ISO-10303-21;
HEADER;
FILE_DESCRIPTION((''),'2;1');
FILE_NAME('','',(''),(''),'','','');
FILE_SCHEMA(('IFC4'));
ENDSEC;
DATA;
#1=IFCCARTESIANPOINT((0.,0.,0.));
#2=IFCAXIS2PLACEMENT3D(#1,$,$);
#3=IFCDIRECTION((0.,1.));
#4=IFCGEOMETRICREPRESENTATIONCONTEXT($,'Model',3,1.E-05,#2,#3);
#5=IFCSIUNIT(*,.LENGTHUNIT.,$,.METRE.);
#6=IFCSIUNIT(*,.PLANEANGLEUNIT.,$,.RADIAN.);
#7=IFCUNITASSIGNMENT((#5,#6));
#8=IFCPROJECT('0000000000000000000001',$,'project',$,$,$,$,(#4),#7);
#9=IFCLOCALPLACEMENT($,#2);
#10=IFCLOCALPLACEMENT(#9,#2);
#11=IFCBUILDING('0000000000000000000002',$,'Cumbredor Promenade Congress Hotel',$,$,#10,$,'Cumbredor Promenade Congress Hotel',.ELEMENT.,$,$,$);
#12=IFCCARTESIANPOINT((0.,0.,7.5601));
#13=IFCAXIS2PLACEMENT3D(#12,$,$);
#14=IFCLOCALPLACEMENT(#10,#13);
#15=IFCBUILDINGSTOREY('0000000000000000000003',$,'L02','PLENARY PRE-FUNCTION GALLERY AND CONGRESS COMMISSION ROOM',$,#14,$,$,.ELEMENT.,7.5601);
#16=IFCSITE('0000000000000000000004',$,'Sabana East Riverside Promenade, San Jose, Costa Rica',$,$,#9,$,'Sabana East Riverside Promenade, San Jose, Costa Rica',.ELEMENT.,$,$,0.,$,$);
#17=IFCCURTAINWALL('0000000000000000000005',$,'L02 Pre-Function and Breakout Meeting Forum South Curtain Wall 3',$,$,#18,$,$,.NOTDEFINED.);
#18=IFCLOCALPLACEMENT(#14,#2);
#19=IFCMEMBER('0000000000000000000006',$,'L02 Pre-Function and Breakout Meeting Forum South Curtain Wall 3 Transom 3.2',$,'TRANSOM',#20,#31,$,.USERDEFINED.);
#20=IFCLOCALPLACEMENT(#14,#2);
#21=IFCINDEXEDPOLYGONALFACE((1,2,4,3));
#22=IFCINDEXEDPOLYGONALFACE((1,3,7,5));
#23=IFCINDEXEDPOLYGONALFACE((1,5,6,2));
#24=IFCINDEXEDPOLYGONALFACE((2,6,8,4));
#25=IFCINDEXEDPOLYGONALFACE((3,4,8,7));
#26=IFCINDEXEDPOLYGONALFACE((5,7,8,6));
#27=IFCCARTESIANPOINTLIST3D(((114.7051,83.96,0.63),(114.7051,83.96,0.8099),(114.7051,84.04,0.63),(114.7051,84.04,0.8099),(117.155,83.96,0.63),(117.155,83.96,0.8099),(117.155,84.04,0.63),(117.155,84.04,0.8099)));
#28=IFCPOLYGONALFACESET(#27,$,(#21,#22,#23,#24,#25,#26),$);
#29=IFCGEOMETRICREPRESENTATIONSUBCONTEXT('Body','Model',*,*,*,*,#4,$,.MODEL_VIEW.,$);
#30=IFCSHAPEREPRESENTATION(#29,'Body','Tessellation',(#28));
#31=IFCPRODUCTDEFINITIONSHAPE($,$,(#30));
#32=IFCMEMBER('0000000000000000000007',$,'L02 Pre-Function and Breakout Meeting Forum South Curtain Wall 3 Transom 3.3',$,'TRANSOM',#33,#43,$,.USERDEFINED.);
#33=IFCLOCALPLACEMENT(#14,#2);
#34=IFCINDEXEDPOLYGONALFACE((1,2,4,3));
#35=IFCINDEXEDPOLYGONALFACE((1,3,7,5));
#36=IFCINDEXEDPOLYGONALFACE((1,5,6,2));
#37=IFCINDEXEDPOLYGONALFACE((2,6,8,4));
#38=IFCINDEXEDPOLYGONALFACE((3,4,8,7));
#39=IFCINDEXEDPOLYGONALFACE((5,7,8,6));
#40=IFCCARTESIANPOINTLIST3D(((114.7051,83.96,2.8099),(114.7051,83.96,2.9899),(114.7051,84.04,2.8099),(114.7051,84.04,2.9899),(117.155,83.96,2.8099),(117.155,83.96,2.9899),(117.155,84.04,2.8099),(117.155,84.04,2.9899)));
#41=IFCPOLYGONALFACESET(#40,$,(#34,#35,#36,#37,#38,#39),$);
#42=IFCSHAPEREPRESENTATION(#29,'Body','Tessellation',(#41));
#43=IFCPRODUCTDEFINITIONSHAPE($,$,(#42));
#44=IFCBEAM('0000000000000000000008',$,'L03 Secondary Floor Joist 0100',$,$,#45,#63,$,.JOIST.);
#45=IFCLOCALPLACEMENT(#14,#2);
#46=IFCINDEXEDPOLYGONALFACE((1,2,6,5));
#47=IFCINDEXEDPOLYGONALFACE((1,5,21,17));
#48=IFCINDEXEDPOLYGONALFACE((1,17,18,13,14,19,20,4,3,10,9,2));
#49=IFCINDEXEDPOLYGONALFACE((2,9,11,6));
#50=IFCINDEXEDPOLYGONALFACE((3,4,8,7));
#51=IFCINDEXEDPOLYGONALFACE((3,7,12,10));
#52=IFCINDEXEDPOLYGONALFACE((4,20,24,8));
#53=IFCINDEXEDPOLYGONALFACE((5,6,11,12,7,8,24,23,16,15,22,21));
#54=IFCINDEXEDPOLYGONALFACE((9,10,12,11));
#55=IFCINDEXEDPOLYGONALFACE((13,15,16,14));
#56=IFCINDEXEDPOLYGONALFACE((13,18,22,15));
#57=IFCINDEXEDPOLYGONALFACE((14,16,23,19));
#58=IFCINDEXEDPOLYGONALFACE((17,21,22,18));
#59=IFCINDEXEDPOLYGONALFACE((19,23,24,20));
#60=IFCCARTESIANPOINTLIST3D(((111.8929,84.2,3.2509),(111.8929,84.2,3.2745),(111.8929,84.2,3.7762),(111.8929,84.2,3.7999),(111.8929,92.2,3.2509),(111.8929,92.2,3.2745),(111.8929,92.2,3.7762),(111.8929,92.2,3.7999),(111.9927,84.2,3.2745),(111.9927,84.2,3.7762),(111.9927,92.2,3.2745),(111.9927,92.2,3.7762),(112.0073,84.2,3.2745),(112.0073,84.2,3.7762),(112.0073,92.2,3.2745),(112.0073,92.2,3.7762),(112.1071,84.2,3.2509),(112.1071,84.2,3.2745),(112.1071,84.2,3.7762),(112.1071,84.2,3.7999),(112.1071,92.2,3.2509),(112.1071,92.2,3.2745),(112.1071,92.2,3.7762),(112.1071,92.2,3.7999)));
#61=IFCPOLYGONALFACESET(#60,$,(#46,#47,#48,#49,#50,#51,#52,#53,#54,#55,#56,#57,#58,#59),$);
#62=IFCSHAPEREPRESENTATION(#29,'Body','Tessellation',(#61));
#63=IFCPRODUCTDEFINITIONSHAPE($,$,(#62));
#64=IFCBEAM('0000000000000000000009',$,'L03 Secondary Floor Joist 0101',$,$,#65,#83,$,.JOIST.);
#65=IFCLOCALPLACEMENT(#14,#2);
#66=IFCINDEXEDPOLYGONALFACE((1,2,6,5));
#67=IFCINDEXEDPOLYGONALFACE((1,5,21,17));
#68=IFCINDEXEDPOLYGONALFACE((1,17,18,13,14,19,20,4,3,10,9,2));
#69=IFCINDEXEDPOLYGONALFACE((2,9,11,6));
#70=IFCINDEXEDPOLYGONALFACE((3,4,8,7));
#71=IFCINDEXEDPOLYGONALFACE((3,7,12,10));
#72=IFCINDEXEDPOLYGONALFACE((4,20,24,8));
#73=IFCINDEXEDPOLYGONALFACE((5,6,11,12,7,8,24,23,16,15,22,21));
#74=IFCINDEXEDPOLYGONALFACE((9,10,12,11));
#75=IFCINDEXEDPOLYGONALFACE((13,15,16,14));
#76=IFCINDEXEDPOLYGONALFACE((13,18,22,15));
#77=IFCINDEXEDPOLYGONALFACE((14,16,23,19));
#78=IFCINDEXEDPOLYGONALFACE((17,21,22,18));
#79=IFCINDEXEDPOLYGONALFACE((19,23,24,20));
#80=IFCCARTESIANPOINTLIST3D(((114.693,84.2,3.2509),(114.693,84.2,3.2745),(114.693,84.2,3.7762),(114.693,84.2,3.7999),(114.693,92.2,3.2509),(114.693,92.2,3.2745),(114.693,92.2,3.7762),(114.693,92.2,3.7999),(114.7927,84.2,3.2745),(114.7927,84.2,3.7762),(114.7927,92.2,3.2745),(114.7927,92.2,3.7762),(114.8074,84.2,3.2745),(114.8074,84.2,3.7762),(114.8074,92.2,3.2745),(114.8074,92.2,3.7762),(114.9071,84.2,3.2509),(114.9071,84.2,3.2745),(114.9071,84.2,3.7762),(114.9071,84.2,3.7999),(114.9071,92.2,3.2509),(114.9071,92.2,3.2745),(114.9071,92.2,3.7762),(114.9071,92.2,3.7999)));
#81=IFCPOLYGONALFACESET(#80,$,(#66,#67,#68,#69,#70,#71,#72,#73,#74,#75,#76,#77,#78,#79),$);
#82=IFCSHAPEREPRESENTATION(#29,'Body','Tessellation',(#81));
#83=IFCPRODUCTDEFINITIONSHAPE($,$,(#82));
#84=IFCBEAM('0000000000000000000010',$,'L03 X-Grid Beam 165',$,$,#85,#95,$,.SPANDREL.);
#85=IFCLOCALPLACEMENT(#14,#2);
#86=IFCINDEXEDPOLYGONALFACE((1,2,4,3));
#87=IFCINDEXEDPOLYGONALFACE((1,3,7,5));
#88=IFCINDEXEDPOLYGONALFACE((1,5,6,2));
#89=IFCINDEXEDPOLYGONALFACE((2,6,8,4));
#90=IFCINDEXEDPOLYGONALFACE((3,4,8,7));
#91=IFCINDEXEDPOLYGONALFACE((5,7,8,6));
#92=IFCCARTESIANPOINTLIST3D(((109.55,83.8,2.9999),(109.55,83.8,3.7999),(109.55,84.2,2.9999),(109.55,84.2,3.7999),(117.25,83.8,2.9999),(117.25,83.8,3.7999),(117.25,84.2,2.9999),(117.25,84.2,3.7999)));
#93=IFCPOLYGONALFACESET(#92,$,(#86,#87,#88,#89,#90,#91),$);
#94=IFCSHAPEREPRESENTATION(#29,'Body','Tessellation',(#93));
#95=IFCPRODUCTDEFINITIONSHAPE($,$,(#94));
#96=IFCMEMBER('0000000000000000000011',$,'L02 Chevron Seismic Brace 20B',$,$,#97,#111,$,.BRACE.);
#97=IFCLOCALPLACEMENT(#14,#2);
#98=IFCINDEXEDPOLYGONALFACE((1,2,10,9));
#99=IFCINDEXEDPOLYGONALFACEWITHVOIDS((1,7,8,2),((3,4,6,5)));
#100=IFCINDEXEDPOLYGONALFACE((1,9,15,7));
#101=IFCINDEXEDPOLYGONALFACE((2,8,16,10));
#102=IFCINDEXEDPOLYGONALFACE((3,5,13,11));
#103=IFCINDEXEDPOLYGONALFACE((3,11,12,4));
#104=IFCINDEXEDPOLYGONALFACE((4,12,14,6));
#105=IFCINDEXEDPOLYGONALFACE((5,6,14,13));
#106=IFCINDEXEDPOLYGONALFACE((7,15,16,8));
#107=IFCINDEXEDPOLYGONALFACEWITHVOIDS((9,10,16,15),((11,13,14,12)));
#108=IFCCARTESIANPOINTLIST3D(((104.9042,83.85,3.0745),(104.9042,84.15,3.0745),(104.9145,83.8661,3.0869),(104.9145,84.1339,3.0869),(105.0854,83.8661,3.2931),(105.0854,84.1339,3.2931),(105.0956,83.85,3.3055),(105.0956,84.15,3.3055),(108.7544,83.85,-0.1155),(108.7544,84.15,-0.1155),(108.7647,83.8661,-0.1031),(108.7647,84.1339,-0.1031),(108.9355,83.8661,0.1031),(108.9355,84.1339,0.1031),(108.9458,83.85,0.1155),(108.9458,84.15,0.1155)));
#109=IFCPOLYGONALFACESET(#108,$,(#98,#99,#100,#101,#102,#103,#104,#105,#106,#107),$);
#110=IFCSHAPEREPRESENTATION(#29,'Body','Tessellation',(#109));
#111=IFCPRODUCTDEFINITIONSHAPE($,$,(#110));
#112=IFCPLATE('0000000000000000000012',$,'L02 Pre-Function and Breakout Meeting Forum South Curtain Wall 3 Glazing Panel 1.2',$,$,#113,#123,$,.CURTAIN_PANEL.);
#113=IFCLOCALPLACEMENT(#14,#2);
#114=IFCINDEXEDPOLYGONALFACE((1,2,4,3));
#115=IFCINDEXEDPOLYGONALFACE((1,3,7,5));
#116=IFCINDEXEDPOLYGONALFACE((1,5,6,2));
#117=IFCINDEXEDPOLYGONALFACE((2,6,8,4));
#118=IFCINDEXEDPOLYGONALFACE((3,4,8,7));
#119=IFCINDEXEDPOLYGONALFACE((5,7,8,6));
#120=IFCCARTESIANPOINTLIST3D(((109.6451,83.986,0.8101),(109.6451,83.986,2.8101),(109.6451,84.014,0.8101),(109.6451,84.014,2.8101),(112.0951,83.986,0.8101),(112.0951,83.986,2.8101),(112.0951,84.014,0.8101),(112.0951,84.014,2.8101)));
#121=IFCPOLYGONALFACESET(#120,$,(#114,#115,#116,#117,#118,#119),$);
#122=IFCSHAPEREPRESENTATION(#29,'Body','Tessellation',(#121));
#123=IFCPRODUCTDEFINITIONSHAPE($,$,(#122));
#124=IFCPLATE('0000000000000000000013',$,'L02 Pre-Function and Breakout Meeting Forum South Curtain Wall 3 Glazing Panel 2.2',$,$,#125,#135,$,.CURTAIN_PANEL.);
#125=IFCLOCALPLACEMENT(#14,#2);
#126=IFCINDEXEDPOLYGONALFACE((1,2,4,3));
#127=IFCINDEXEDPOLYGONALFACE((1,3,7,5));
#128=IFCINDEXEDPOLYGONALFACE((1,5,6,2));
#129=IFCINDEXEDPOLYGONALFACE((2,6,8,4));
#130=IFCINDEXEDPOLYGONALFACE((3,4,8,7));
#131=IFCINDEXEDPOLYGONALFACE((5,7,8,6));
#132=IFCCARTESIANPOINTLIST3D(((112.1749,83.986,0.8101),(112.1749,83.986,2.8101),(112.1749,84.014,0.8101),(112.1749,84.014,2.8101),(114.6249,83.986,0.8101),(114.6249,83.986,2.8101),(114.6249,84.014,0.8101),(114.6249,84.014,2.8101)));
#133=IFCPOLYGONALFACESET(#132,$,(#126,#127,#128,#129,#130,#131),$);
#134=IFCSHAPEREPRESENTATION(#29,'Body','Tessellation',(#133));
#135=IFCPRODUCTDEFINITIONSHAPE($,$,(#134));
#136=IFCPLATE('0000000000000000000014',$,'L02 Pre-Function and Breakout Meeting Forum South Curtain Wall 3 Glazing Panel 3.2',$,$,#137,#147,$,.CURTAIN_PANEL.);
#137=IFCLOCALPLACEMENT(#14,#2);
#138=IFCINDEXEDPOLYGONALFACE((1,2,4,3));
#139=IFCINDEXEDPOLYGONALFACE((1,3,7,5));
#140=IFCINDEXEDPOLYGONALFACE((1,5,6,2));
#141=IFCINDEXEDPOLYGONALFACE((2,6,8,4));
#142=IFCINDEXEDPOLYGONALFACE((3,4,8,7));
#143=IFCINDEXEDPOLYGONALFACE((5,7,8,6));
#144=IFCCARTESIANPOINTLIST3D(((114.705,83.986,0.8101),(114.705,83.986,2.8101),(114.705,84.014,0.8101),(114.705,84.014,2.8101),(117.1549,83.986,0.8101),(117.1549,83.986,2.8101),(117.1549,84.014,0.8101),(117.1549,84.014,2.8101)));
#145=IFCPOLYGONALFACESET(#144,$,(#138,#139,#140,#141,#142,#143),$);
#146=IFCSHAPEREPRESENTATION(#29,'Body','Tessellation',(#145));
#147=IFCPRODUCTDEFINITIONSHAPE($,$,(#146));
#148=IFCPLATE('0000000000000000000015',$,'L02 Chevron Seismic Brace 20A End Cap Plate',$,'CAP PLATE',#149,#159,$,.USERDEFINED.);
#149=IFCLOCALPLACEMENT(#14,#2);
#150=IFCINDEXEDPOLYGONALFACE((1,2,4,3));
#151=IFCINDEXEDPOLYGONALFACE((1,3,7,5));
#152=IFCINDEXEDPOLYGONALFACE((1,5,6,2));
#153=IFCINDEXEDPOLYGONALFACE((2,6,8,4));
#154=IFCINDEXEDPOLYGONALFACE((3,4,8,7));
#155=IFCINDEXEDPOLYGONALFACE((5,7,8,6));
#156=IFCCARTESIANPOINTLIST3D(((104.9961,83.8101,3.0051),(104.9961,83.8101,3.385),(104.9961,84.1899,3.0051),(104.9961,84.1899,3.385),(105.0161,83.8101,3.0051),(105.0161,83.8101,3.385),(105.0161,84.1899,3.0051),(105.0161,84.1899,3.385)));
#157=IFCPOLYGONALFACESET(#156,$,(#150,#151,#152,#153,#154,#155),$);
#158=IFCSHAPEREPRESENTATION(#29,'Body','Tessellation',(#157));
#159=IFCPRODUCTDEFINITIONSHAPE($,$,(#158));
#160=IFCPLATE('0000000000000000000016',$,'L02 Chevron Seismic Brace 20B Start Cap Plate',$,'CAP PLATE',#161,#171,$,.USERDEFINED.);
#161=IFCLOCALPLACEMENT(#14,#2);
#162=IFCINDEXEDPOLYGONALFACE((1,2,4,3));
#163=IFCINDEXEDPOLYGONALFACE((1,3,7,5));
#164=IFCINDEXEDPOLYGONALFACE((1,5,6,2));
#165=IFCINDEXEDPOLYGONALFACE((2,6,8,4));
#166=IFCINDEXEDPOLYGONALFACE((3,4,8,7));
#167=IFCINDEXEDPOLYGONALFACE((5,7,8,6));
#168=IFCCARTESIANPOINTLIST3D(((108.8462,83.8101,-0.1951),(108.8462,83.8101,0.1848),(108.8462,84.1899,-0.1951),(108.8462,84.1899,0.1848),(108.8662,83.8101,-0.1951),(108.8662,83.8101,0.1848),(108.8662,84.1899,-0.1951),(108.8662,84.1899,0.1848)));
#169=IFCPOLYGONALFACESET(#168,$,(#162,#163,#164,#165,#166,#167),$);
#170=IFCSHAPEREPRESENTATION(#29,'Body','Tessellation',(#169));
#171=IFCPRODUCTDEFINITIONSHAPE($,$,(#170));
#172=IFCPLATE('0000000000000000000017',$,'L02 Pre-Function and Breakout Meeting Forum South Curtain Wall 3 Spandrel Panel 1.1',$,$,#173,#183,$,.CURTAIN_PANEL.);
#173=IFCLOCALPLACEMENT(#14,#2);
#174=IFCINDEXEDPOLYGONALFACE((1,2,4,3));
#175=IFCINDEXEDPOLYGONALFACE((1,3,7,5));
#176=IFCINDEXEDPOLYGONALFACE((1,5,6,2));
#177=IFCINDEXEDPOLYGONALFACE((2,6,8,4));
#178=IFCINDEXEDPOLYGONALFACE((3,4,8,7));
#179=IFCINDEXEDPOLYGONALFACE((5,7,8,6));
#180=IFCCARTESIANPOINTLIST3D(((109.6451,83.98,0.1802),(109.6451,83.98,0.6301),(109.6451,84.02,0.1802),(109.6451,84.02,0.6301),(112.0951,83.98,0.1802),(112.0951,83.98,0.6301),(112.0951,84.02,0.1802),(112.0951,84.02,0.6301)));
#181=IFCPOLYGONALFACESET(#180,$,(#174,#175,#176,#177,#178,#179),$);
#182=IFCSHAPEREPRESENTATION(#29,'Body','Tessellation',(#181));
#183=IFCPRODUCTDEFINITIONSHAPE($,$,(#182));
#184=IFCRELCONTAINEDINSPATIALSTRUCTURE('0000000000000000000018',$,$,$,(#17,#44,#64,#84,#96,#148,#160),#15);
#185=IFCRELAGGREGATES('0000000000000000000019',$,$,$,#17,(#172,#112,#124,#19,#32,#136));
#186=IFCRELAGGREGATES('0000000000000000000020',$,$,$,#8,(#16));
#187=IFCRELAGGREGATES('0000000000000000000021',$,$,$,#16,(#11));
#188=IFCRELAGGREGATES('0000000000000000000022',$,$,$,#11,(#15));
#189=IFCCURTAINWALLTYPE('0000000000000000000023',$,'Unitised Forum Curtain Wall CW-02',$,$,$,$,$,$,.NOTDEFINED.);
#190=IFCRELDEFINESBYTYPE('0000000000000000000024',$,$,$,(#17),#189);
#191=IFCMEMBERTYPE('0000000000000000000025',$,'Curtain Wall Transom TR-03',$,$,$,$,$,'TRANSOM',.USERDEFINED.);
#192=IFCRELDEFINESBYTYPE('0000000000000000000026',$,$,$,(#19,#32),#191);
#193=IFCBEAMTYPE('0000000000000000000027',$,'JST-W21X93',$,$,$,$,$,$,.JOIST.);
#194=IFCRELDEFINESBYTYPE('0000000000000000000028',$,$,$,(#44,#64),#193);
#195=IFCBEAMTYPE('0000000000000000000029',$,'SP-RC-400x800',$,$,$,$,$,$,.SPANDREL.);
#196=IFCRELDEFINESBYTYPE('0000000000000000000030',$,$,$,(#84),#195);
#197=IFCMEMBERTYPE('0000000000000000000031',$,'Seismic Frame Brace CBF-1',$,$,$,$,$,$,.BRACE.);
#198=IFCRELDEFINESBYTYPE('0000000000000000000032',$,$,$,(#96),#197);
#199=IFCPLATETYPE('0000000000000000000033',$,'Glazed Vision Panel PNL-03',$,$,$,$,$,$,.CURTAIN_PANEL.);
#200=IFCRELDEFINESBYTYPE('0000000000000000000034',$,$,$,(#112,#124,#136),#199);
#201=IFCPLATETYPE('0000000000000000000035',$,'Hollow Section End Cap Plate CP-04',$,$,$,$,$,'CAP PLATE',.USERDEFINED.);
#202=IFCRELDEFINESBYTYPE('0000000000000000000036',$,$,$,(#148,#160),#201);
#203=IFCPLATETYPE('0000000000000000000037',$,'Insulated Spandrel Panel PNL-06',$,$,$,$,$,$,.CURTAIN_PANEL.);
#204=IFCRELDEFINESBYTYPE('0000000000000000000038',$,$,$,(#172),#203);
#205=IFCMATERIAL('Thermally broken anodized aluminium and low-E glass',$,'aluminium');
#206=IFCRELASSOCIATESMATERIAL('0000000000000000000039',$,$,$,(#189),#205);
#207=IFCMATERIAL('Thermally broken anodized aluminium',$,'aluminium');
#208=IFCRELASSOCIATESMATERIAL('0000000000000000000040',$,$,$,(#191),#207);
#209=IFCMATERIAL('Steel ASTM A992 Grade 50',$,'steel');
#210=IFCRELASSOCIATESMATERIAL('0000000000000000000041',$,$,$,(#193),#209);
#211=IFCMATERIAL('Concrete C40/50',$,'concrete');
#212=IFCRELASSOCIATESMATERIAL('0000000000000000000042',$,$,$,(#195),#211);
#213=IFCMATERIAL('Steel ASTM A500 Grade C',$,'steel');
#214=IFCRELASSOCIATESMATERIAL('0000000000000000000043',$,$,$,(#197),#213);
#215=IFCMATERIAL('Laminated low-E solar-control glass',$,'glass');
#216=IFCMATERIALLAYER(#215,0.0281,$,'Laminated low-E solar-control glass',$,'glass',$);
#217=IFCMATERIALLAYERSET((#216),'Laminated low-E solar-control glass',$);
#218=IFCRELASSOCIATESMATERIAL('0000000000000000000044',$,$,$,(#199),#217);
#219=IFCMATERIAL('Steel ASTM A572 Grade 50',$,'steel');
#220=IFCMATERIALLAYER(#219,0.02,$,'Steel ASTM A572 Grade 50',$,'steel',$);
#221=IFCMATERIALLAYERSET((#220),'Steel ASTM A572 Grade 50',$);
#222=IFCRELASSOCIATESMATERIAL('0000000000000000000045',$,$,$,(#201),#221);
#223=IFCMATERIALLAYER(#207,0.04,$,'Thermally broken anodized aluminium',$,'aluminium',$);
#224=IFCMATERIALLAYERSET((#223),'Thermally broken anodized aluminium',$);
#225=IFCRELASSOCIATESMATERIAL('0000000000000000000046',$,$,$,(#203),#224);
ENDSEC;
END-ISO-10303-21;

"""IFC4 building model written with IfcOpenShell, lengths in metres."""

from ifc_helpers import new_model, si_unit, direction, frame, origin, origin_2d, place, context, subcontext, project, spatial, rectangle, hollow_rectangle, i_section, extrude, material, layer, layer_set, material_profile, profile_set, type_object, element, aggregate, save


model = new_model("IFC4")

# Units and contexts
model_context = context("Model", 3, precision=1e-05, world=origin(), true_north=direction((0.0, 1.0)))
body_context = subcontext(model_context, "Body", "Model", "MODEL_VIEW")
ifc_project = project(units=[si_unit("LENGTHUNIT", "METRE"), si_unit("PLANEANGLEUNIT", "RADIAN")], contexts=[model_context])

# Site, building, storey
site_placement = place(None, origin())
site = spatial("IfcSite", under=ifc_project, at=site_placement, Name="Sabana East Riverside Promenade, San Jose, Costa Rica", LongName="Sabana East Riverside Promenade, San Jose, Costa Rica", CompositionType="ELEMENT", RefElevation=0.0)
building_placement = place(site_placement, origin())
building = spatial("IfcBuilding", under=site, at=building_placement, Name="Cumbredor Promenade Congress Hotel", LongName="Cumbredor Promenade Congress Hotel", CompositionType="ELEMENT")
storey_placement = place(building_placement, frame((0.0, 0.0, 7.5601)))
storey = spatial("IfcBuildingStorey", under=building, at=storey_placement, Name="L02", Description="PLENARY PRE-FUNCTION GALLERY AND CONGRESS COMMISSION ROOM", CompositionType="ELEMENT", Elevation=7.5601)

# Shared definitions
ifc_material_1 = material(Name="Concrete C40/50", Category="concrete")

# Curtain wall, members
ifc_material_2 = material(Name="Thermally broken anodized aluminium and low-E glass", Category="aluminium")
curtain_wall_type = type_object("IfcCurtainWallType", Name="Unitised Forum Curtain Wall CW-02", PredefinedType="NOTDEFINED", material=ifc_material_2)
curtain_wall_placement = place(storey_placement, origin())
curtain_wall = element("IfcCurtainWall", 1, at=curtain_wall_placement, inside=storey, type_object=curtain_wall_type, Name="L02 Pre-Function and Breakout Meeting Forum South Curtain Wall 3", PredefinedType="NOTDEFINED")
ifc_material_3 = material(Name="Thermally broken anodized aluminium", Category="aluminium")
ifc_material_profile_1 = material_profile(ifc_material_3, rectangle(XDim=0.0801, YDim=0.1799, at=origin_2d()), Name="ALU TRANSOM 80x180")
ifc_profile_set_1 = profile_set([ifc_material_profile_1], Name="Thermally broken anodized aluminium")
member_type_1 = type_object("IfcMemberType", Name="Curtain Wall Transom TR-03", ElementType="TRANSOM", PredefinedType="USERDEFINED", material=ifc_profile_set_1)
member_1_placement = place(storey_placement, frame((114.7051, 84.0, 0.72), z_axis=(1.0, 0.0, 0.0), x_axis=(0.0, 1.0, 0.0)))
member_1 = element("IfcMember", 2, at=member_1_placement, type_object=member_type_1, Name="L02 Pre-Function and Breakout Meeting Forum South Curtain Wall 3 Transom 3.2", ObjectType="TRANSOM", PredefinedType="USERDEFINED", context=body_context, shape_type="SweptSolid", body=[
    extrude(rectangle(XDim=0.0801, YDim=0.1799, at=origin_2d()), origin(), (0.0, 0.0, 1.0), 2.45),
])
member_2_placement = place(storey_placement, frame((114.7051, 84.0, 2.8999), z_axis=(1.0, 0.0, 0.0), x_axis=(0.0, 1.0, 0.0)))
member_2 = element("IfcMember", 3, at=member_2_placement, type_object=member_type_1, Name="L02 Pre-Function and Breakout Meeting Forum South Curtain Wall 3 Transom 3.3", ObjectType="TRANSOM", PredefinedType="USERDEFINED", context=body_context, shape_type="SweptSolid", body=[
    extrude(rectangle(XDim=0.0801, YDim=0.1799, at=origin_2d()), origin(), (0.0, 0.0, 1.0), 2.45),
])

# Beams
ifc_material_4 = material(Name="Steel ASTM A992 Grade 50", Category="steel")
ifc_material_profile_2 = material_profile(ifc_material_4, i_section(OverallWidth=0.2141, OverallDepth=0.5491, WebThickness=0.0146, FlangeThickness=0.0237, at=origin_2d()), Name="W21X93")
ifc_profile_set_2 = profile_set([ifc_material_profile_2], Name="Steel ASTM A992 Grade 50")
beam_type_1 = type_object("IfcBeamType", Name="JST-W21X93", PredefinedType="JOIST", material=ifc_profile_set_2)
for number, where, z_axis, x_axis, name in (
    (4, (112.0, 84.2, 3.5254), (0.0, 1.0, 0.0), (-1.0, 0.0, 0.0), "L03 Secondary Floor Joist 0100"),
    (5, (114.8, 84.2, 3.5254), (0.0, 1.0, 0.0), (-1.0, 0.0, 0.0), "L03 Secondary Floor Joist 0101"),
):
    element("IfcBeam", number, at=place(storey_placement, frame(where, z_axis=z_axis, x_axis=x_axis)), inside=storey, type_object=beam_type_1, Name=name, PredefinedType="JOIST", context=body_context, shape_type="SweptSolid", body=[
        extrude(i_section(OverallWidth=0.2141, OverallDepth=0.5491, WebThickness=0.0146, FlangeThickness=0.0237, at=origin_2d()), origin(), (0.0, 0.0, 1.0), 8.0),
    ])
ifc_material_profile_3 = material_profile(ifc_material_1, rectangle(XDim=0.3999, YDim=0.8, at=origin_2d()), Name="RC SPANDREL 400x800")
ifc_profile_set_3 = profile_set([ifc_material_profile_3], Name="Concrete C40/50")
beam_type_2 = type_object("IfcBeamType", Name="SP-RC-400x800", PredefinedType="SPANDREL", material=ifc_profile_set_3)
beam_1_placement = place(storey_placement, frame((109.55, 84.0, 3.3999), z_axis=(1.0, 0.0, 0.0), x_axis=(0.0, 1.0, 0.0)))
element("IfcBeam", 6, at=beam_1_placement, inside=storey, type_object=beam_type_2, Name="L03 X-Grid Beam 165", PredefinedType="SPANDREL", context=body_context, shape_type="SweptSolid", body=[
    extrude(rectangle(XDim=0.3999, YDim=0.8, at=origin_2d()), origin(), (0.0, 0.0, 1.0), 7.7),
])

# Member
ifc_material_5 = material(Name="Steel ASTM A500 Grade C", Category="steel")
ifc_material_profile_4 = material_profile(ifc_material_5, hollow_rectangle(XDim=0.3, YDim=0.3, WallThickness=0.0161, at=origin_2d()), Name="HSS 300x300x16")
ifc_profile_set_4 = profile_set([ifc_material_profile_4], Name="Steel ASTM A500 Grade C")
member_type_2 = type_object("IfcMemberType", Name="Seismic Frame Brace CBF-1", PredefinedType="BRACE", material=ifc_profile_set_4)
member_3_placement = place(storey_placement, frame((108.8501, 84.0, 0.0), z_axis=(-0.770035, 0.0, 0.638001), x_axis=(0.0, -1.0, 0.0)))
element("IfcMember", 7, at=member_3_placement, inside=storey, type_object=member_type_2, Name="L02 Chevron Seismic Brace 20B", PredefinedType="BRACE", context=body_context, shape_type="SweptSolid", body=[
    extrude(hollow_rectangle(XDim=0.3, YDim=0.3, WallThickness=0.0161, at=origin_2d()), origin(), (0.0, 0.0, 1.0), 5.0),
])

# Plates
ifc_material_6 = material(Name="Laminated low-E solar-control glass", Category="glass")
ifc_layer_1 = layer(ifc_material_6, 0.0281, Name="Laminated low-E solar-control glass", Category="glass")
ifc_layer_set_1 = layer_set([ifc_layer_1], Name="Laminated low-E solar-control glass")
plate_type_1 = type_object("IfcPlateType", Name="Glazed Vision Panel PNL-03", PredefinedType="CURTAIN_PANEL", material=ifc_layer_set_1)
plate_1_placement = place(storey_placement, frame((110.8701, 84.0, 0.8101), z_axis=(0.0, 0.0, 1.0), x_axis=(1.0, 0.0, 0.0)))
plate_1 = element("IfcPlate", 8, at=plate_1_placement, type_object=plate_type_1, Name="L02 Pre-Function and Breakout Meeting Forum South Curtain Wall 3 Glazing Panel 1.2", PredefinedType="CURTAIN_PANEL", context=body_context, shape_type="SweptSolid", body=[
    extrude(rectangle(XDim=2.45, YDim=0.0281, at=origin_2d()), origin(), (0.0, 0.0, 1.0), 2.0),
])
plate_2_placement = place(storey_placement, frame((113.3999, 84.0, 0.8101), z_axis=(0.0, 0.0, 1.0), x_axis=(1.0, 0.0, 0.0)))
plate_2 = element("IfcPlate", 9, at=plate_2_placement, type_object=plate_type_1, Name="L02 Pre-Function and Breakout Meeting Forum South Curtain Wall 3 Glazing Panel 2.2", PredefinedType="CURTAIN_PANEL", context=body_context, shape_type="SweptSolid", body=[
    extrude(rectangle(XDim=2.45, YDim=0.0281, at=origin_2d()), origin(), (0.0, 0.0, 1.0), 2.0),
])
plate_3_placement = place(storey_placement, frame((115.9299, 84.0, 0.8101), z_axis=(0.0, 0.0, 1.0), x_axis=(1.0, 0.0, 0.0)))
plate_3 = element("IfcPlate", 10, at=plate_3_placement, type_object=plate_type_1, Name="L02 Pre-Function and Breakout Meeting Forum South Curtain Wall 3 Glazing Panel 3.2", PredefinedType="CURTAIN_PANEL", context=body_context, shape_type="SweptSolid", body=[
    extrude(rectangle(XDim=2.45, YDim=0.0281, at=origin_2d()), origin(), (0.0, 0.0, 1.0), 2.0),
])

# Plates
ifc_material_7 = material(Name="Steel ASTM A572 Grade 50", Category="steel")
ifc_layer_2 = layer(ifc_material_7, 0.02, Name="Steel ASTM A572 Grade 50", Category="steel")
ifc_layer_set_2 = layer_set([ifc_layer_2], Name="Steel ASTM A572 Grade 50")
plate_type_2 = type_object("IfcPlateType", Name="Hollow Section End Cap Plate CP-04", ElementType="CAP PLATE", PredefinedType="USERDEFINED", material=ifc_layer_set_2)
for number, where, z_axis, x_axis, name in (
    (11, (105.0061, 84.0, 3.0051), (0.0, 0.0, 1.0), (1.0, 0.0, 0.0), "L02 Chevron Seismic Brace 20A End Cap Plate"),
    (12, (108.8562, 84.0, -0.1951), (0.0, 0.0, 1.0), (-1.0, 0.0, 0.0), "L02 Chevron Seismic Brace 20B Start Cap Plate"),
):
    element("IfcPlate", number, at=place(storey_placement, frame(where, z_axis=z_axis, x_axis=x_axis)), inside=storey, type_object=plate_type_2, Name=name, ObjectType="CAP PLATE", PredefinedType="USERDEFINED", context=body_context, shape_type="SweptSolid", body=[
        extrude(rectangle(XDim=0.02, YDim=0.3799, at=origin_2d()), origin(), (0.0, 0.0, 1.0), 0.3799),
    ])

# Plate
ifc_layer_3 = layer(ifc_material_3, 0.04, Name="Thermally broken anodized aluminium", Category="aluminium")
ifc_layer_set_3 = layer_set([ifc_layer_3], Name="Thermally broken anodized aluminium")
plate_type_3 = type_object("IfcPlateType", Name="Insulated Spandrel Panel PNL-06", PredefinedType="CURTAIN_PANEL", material=ifc_layer_set_3)
plate_4_placement = place(storey_placement, frame((110.8701, 84.0, 0.1802), z_axis=(0.0, 0.0, 1.0), x_axis=(1.0, 0.0, 0.0)))
plate_4 = element("IfcPlate", 13, at=plate_4_placement, type_object=plate_type_3, Name="L02 Pre-Function and Breakout Meeting Forum South Curtain Wall 3 Spandrel Panel 1.1", PredefinedType="CURTAIN_PANEL", context=body_context, shape_type="SweptSolid", body=[
    extrude(rectangle(XDim=2.45, YDim=0.04, at=origin_2d()), origin(), (0.0, 0.0, 1.0), 0.45),
])
aggregate(curtain_wall, [plate_4, plate_1, plate_2, member_1, member_2, plate_3])

save(model, "model.ifc")
